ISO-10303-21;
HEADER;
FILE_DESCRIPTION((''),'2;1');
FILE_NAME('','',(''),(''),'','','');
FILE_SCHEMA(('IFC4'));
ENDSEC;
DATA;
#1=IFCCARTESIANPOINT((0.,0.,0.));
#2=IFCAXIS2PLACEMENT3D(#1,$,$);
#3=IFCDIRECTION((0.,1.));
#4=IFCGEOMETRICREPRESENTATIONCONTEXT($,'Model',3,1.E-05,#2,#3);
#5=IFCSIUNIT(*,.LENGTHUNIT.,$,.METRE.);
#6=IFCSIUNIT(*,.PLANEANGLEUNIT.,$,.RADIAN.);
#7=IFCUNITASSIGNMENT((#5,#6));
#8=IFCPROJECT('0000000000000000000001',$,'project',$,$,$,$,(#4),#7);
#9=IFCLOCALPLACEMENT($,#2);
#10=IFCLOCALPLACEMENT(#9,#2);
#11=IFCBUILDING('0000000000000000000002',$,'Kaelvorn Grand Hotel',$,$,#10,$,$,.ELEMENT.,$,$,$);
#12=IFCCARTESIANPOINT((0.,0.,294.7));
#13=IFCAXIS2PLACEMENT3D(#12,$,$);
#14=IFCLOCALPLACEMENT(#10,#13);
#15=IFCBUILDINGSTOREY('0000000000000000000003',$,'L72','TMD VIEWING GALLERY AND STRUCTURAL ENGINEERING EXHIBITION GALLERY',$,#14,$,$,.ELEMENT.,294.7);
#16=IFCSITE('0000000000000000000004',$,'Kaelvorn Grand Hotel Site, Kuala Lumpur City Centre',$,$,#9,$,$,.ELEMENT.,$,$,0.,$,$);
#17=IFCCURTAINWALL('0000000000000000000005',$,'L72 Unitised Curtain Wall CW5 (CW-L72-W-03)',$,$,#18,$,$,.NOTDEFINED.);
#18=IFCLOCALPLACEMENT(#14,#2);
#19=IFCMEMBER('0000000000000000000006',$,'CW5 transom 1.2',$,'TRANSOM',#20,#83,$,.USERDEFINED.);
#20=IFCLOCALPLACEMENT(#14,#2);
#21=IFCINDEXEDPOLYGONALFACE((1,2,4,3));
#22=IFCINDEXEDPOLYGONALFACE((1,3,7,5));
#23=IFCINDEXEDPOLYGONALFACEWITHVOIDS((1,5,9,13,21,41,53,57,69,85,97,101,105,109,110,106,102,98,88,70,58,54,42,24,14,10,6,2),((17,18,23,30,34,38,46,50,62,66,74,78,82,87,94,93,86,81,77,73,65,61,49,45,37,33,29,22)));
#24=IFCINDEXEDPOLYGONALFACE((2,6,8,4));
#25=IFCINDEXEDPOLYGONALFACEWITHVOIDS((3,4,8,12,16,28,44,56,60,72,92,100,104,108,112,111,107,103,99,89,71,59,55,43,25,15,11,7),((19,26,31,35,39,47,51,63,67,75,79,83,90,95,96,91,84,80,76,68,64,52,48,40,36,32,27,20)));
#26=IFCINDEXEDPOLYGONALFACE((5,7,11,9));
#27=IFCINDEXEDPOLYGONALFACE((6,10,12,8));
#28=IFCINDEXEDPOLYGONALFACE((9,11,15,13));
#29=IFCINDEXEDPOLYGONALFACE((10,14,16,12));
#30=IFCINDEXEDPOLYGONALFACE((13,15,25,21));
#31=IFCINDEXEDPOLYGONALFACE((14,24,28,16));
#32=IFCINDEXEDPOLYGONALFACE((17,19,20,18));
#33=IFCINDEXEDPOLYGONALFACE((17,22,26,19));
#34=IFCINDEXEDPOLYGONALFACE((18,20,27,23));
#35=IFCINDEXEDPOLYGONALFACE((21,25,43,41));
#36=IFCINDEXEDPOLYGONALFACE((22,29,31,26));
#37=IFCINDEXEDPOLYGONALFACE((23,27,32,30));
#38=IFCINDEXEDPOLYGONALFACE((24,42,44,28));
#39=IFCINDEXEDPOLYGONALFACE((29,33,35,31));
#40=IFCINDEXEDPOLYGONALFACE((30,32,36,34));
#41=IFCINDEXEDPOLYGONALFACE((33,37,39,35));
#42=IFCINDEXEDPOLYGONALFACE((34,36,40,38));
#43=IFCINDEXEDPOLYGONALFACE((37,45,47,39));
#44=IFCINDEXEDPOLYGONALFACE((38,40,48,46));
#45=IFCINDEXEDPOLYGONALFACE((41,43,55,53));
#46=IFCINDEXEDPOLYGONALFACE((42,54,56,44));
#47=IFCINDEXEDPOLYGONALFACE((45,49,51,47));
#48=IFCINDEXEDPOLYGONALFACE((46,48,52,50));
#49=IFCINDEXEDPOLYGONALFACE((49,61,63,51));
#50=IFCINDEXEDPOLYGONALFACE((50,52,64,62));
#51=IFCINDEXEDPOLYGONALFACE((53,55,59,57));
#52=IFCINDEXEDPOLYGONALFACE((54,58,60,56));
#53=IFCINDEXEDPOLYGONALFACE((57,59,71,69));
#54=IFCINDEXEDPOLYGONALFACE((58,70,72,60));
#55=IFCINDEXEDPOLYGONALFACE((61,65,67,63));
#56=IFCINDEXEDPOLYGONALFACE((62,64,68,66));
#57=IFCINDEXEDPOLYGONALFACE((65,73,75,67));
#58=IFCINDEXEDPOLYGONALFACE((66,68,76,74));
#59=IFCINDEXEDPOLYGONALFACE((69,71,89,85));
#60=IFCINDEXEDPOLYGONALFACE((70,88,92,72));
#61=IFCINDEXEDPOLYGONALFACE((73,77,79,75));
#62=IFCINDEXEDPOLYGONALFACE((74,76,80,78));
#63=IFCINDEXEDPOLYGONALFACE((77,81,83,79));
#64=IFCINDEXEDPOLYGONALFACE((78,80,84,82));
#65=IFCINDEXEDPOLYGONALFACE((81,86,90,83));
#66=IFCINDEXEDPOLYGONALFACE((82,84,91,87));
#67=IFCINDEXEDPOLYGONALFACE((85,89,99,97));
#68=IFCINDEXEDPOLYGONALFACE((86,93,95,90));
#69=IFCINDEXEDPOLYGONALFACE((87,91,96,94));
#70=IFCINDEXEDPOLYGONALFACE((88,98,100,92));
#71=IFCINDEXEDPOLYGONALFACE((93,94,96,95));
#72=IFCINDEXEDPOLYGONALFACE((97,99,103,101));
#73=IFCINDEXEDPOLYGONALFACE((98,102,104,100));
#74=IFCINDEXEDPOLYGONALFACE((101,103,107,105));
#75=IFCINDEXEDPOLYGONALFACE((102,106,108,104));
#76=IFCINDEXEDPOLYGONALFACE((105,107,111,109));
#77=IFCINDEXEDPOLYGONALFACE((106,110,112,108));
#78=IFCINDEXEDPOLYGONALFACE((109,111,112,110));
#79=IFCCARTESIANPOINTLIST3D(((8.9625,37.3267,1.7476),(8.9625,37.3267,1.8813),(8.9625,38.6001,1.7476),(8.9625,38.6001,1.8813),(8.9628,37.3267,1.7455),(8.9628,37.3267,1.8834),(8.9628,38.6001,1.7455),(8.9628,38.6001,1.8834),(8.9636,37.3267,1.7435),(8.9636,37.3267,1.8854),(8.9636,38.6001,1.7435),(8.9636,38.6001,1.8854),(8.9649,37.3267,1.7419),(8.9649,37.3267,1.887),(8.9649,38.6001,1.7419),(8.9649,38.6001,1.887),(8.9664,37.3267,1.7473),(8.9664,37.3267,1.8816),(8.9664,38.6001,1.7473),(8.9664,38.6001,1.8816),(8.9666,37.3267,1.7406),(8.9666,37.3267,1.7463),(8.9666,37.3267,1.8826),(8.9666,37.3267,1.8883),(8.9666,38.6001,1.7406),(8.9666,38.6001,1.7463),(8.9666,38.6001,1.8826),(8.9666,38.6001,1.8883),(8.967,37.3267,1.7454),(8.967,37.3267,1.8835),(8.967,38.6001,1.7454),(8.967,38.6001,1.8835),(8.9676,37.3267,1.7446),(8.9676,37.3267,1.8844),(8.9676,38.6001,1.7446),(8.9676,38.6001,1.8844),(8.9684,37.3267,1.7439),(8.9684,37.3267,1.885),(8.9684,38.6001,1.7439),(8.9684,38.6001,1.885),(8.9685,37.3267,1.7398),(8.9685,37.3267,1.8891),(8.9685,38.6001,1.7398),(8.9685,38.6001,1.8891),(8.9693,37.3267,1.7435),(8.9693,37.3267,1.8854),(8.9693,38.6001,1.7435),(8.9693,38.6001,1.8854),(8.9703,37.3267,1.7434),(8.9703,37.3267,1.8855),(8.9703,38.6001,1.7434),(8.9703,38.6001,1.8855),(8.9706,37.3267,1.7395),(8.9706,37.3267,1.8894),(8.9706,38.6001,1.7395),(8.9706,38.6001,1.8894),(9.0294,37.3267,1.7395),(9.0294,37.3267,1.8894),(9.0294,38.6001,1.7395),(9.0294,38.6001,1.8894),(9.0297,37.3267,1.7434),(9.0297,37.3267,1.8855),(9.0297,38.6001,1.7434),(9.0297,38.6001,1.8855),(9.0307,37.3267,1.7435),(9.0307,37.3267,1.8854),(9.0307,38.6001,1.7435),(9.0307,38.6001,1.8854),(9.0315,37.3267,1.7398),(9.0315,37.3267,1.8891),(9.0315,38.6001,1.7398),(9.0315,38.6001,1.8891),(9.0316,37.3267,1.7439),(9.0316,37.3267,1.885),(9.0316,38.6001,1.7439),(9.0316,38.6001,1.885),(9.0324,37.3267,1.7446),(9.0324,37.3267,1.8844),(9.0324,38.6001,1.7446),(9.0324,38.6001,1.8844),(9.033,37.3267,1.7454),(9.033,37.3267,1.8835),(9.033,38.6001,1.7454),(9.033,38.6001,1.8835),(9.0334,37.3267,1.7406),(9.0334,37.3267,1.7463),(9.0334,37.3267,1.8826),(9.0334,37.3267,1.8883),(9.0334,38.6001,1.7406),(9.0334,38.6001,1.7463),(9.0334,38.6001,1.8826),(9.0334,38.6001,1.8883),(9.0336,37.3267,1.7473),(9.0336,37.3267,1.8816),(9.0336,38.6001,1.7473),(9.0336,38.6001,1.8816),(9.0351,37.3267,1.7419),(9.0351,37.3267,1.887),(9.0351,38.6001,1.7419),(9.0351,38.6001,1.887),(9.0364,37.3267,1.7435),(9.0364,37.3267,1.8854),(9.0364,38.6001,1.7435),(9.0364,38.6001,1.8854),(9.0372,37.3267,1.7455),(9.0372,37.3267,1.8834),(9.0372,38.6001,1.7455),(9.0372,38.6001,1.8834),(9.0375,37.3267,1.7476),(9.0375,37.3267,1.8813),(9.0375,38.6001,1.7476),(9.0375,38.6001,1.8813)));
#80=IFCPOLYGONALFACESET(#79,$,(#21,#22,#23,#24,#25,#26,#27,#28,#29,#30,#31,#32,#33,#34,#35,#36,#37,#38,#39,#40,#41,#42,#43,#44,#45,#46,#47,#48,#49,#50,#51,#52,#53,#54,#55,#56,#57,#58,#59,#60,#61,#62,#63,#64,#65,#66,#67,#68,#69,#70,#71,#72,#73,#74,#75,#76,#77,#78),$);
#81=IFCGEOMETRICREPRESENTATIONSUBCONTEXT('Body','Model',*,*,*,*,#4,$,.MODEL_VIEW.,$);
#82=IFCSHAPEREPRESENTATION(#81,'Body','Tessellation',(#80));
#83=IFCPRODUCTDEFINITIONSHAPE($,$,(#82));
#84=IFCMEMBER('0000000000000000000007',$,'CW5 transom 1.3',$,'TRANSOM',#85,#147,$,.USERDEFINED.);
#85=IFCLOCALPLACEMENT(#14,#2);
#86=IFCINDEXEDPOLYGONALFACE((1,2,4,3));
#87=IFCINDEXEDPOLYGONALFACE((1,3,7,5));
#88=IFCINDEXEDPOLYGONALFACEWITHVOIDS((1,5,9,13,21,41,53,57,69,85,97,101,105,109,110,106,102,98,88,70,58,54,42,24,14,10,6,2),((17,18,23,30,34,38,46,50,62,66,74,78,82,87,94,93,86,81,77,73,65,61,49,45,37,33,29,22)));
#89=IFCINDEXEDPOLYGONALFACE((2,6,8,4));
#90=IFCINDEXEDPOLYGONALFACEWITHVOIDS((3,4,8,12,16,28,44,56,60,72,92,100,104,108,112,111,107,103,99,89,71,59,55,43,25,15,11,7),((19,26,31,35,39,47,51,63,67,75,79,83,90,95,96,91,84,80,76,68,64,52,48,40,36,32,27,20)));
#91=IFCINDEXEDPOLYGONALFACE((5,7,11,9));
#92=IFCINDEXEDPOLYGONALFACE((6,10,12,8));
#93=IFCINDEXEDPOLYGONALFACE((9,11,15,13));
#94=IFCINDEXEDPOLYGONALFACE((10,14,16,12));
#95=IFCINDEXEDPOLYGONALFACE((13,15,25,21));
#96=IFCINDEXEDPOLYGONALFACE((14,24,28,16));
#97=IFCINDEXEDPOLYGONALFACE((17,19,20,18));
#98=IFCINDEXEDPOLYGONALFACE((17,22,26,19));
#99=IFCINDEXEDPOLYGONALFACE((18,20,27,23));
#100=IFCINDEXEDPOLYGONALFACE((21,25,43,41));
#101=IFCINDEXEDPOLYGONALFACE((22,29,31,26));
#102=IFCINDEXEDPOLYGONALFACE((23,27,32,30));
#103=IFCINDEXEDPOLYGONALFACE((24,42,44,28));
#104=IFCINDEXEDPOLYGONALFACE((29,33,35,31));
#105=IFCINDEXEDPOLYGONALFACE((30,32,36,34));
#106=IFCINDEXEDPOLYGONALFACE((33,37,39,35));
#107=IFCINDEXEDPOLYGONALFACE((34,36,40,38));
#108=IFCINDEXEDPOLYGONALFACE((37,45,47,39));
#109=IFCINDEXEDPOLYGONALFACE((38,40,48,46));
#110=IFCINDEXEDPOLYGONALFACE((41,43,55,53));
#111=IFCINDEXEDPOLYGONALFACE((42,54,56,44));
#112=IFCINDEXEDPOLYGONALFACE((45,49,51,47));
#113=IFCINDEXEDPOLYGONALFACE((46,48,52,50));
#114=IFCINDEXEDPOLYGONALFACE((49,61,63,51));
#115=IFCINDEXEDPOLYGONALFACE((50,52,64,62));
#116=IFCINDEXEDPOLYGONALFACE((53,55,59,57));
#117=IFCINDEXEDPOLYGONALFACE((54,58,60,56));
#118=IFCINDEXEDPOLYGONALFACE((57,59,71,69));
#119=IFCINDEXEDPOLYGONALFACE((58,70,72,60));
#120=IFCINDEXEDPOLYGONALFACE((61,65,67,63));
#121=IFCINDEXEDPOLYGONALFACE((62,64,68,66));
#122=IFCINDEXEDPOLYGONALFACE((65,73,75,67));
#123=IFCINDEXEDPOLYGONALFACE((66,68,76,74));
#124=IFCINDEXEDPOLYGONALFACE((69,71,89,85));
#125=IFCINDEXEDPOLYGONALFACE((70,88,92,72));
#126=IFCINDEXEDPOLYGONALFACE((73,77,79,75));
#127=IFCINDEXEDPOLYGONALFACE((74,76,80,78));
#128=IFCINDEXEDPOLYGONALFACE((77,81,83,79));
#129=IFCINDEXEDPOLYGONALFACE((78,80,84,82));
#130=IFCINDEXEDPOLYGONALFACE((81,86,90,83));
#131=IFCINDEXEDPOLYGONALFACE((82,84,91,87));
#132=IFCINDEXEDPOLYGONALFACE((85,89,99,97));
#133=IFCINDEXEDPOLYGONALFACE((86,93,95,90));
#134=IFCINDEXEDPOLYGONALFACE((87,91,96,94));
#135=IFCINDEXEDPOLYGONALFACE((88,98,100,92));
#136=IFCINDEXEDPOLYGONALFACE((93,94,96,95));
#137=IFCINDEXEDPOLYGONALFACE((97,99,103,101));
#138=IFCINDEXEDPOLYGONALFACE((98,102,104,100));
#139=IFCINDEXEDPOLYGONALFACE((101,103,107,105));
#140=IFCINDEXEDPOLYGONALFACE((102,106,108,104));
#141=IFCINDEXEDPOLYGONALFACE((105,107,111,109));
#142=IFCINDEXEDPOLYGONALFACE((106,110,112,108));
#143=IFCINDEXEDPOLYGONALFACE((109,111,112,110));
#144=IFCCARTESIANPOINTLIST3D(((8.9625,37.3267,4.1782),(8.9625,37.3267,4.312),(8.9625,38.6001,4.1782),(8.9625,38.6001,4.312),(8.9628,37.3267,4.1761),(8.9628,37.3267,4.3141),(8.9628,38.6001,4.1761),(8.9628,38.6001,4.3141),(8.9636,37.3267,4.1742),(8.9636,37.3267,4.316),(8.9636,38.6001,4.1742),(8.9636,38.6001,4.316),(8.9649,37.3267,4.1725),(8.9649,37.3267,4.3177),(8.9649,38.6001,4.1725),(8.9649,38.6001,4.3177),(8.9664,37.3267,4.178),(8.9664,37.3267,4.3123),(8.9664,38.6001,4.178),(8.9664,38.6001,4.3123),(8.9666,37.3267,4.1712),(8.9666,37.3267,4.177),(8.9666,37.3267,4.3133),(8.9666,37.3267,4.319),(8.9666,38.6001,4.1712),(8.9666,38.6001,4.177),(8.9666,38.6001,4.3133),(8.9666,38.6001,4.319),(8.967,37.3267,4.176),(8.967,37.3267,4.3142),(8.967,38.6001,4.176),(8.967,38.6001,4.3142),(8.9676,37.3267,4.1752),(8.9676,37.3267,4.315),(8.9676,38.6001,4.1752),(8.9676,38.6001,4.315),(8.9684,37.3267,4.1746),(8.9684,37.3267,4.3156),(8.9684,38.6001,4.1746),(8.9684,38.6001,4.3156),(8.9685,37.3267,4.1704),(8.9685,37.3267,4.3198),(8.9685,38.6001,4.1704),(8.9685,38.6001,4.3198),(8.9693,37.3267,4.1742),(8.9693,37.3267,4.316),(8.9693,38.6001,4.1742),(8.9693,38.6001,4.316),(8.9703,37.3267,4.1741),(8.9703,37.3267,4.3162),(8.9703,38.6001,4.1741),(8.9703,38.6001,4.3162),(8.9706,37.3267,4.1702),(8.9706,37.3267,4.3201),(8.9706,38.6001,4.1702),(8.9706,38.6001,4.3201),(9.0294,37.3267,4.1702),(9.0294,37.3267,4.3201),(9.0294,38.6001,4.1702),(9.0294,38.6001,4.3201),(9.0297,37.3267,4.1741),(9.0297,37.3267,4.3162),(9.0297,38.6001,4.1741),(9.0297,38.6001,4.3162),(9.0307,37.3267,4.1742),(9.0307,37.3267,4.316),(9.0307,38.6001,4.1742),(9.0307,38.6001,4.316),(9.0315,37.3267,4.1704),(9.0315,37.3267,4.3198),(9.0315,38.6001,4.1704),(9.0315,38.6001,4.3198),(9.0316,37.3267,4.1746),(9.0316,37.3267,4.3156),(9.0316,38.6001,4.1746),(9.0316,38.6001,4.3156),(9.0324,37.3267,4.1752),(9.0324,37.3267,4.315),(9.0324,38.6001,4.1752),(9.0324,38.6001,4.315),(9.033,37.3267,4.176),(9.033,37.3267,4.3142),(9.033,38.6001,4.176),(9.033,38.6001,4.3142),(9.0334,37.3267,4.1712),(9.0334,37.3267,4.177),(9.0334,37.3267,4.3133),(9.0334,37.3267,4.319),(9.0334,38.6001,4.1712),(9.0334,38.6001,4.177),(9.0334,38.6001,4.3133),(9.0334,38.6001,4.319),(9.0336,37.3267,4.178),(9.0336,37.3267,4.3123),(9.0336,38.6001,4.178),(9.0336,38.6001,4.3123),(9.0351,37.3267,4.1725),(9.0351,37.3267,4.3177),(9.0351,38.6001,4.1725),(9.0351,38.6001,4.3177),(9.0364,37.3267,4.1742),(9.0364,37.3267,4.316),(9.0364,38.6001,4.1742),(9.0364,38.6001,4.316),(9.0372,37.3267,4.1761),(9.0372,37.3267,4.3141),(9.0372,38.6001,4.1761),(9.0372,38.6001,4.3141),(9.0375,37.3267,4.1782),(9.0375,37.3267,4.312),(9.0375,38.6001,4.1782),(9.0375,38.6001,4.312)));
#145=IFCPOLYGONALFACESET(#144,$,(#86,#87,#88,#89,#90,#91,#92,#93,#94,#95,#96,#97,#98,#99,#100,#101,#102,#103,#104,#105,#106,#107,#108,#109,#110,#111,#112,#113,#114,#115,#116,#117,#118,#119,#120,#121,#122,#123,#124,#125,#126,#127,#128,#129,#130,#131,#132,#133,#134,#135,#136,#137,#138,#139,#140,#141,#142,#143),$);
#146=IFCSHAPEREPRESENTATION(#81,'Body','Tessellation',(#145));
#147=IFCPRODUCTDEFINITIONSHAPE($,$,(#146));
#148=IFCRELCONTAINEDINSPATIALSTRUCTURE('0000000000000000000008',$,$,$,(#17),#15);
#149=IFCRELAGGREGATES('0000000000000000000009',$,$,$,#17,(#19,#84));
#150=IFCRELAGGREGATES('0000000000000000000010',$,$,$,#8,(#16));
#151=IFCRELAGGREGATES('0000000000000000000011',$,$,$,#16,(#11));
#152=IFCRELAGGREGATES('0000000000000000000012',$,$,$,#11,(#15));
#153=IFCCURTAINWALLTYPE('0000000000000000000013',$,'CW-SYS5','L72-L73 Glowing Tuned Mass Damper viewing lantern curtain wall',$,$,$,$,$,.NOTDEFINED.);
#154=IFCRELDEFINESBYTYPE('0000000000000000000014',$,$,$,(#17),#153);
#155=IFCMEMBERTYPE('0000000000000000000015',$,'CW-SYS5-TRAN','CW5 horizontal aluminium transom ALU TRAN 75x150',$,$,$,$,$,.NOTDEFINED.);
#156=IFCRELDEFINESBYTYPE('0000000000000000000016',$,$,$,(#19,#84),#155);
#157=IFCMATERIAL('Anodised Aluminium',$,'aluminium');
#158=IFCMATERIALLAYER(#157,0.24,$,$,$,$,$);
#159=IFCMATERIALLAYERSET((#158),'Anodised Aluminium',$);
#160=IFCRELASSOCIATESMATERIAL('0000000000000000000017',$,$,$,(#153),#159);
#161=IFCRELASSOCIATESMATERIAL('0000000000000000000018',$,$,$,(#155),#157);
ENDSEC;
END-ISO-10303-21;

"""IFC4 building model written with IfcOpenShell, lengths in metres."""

from ifc_helpers import new_model, si_unit, direction, frame, origin, origin_2d, place, context, subcontext, project, spatial, hollow_rectangle, extrude, material, layer, layer_set, material_profile, profile_set, type_object, element, aggregate, save


model = new_model("IFC4")

# Units and contexts
model_context = context("Model", 3, precision=1e-05, world=origin(), true_north=direction((0.0, 1.0)))
body_context = subcontext(model_context, "Body", "Model", "MODEL_VIEW")
ifc_project = project(units=[si_unit("LENGTHUNIT", "METRE"), si_unit("PLANEANGLEUNIT", "RADIAN")], contexts=[model_context])

# Site, building, storey
site_placement = place(None, origin())
site = spatial("IfcSite", under=ifc_project, at=site_placement, Name="Kaelvorn Grand Hotel Site, Kuala Lumpur City Centre", CompositionType="ELEMENT", RefElevation=0.0)
building_placement = place(site_placement, origin())
building = spatial("IfcBuilding", under=site, at=building_placement, Name="Kaelvorn Grand Hotel", CompositionType="ELEMENT")
storey_placement = place(building_placement, frame((0.0, 0.0, 294.7)))
storey = spatial("IfcBuildingStorey", under=building, at=storey_placement, Name="L72", Description="TMD VIEWING GALLERY AND STRUCTURAL ENGINEERING EXHIBITION GALLERY", CompositionType="ELEMENT", Elevation=294.7)

# Curtain wall
ifc_material_1 = material(Name="Anodised Aluminium", Category="aluminium")
ifc_layer_1 = layer(ifc_material_1, 0.24)
ifc_layer_set_1 = layer_set([ifc_layer_1], Name="Anodised Aluminium")
curtain_wall_type = type_object("IfcCurtainWallType", Name="CW-SYS5", Description="L72-L73 Glowing Tuned Mass Damper viewing lantern curtain wall", PredefinedType="NOTDEFINED", material=ifc_layer_set_1)
curtain_wall_1_placement = place(storey_placement, origin())
curtain_wall_1 = element("IfcCurtainWall", 1, at=curtain_wall_1_placement, inside=storey, type_object=curtain_wall_type, Name="L72 Unitised Curtain Wall CW5 (CW-L72-W-03)", PredefinedType="NOTDEFINED")

# Members
ifc_material_profile_1 = material_profile(ifc_material_1, hollow_rectangle(XDim=0.075, YDim=0.1499, WallThickness=0.0039, InnerFilletRadius=0.0039, OuterFilletRadius=0.0081, at=origin_2d()), Name="ALU TRAN 75x150")
ifc_profile_set_1 = profile_set([ifc_material_profile_1], Name="Anodised Aluminium")
member_type_1 = type_object("IfcMemberType", Name="CW-SYS5-TRAN", Description="CW5 horizontal aluminium transom ALU TRAN 75x150", PredefinedType="NOTDEFINED", material=ifc_profile_set_1)
member_1_placement = place(storey_placement, frame((9.0, 38.6001, 1.8145), z_axis=(0.0, -1.0, 0.0), x_axis=(1.0, 0.0, 0.0)))
member_1 = element("IfcMember", 2, at=member_1_placement, type_object=member_type_1, Name="CW5 transom 1.2", ObjectType="TRANSOM", PredefinedType="USERDEFINED", context=body_context, shape_type="SweptSolid", body=[
    extrude(hollow_rectangle(XDim=0.075, YDim=0.1499, WallThickness=0.0039, InnerFilletRadius=0.0039, OuterFilletRadius=0.0081, at=origin_2d()), origin(), (0.0, 0.0, 1.0), 1.2734),
])
member_2_placement = place(storey_placement, frame((9.0, 38.6001, 4.2451), z_axis=(0.0, -1.0, 0.0), x_axis=(1.0, 0.0, 0.0)))
member_2 = element("IfcMember", 3, at=member_2_placement, type_object=member_type_1, Name="CW5 transom 1.3", ObjectType="TRANSOM", PredefinedType="USERDEFINED", context=body_context, shape_type="SweptSolid", body=[
    extrude(hollow_rectangle(XDim=0.075, YDim=0.1499, WallThickness=0.0039, InnerFilletRadius=0.0039, OuterFilletRadius=0.0081, at=origin_2d()), origin(), (0.0, 0.0, 1.0), 1.2734),
])

aggregate(curtain_wall_1, [member_1, member_2])

save(model, "model.ifc")
